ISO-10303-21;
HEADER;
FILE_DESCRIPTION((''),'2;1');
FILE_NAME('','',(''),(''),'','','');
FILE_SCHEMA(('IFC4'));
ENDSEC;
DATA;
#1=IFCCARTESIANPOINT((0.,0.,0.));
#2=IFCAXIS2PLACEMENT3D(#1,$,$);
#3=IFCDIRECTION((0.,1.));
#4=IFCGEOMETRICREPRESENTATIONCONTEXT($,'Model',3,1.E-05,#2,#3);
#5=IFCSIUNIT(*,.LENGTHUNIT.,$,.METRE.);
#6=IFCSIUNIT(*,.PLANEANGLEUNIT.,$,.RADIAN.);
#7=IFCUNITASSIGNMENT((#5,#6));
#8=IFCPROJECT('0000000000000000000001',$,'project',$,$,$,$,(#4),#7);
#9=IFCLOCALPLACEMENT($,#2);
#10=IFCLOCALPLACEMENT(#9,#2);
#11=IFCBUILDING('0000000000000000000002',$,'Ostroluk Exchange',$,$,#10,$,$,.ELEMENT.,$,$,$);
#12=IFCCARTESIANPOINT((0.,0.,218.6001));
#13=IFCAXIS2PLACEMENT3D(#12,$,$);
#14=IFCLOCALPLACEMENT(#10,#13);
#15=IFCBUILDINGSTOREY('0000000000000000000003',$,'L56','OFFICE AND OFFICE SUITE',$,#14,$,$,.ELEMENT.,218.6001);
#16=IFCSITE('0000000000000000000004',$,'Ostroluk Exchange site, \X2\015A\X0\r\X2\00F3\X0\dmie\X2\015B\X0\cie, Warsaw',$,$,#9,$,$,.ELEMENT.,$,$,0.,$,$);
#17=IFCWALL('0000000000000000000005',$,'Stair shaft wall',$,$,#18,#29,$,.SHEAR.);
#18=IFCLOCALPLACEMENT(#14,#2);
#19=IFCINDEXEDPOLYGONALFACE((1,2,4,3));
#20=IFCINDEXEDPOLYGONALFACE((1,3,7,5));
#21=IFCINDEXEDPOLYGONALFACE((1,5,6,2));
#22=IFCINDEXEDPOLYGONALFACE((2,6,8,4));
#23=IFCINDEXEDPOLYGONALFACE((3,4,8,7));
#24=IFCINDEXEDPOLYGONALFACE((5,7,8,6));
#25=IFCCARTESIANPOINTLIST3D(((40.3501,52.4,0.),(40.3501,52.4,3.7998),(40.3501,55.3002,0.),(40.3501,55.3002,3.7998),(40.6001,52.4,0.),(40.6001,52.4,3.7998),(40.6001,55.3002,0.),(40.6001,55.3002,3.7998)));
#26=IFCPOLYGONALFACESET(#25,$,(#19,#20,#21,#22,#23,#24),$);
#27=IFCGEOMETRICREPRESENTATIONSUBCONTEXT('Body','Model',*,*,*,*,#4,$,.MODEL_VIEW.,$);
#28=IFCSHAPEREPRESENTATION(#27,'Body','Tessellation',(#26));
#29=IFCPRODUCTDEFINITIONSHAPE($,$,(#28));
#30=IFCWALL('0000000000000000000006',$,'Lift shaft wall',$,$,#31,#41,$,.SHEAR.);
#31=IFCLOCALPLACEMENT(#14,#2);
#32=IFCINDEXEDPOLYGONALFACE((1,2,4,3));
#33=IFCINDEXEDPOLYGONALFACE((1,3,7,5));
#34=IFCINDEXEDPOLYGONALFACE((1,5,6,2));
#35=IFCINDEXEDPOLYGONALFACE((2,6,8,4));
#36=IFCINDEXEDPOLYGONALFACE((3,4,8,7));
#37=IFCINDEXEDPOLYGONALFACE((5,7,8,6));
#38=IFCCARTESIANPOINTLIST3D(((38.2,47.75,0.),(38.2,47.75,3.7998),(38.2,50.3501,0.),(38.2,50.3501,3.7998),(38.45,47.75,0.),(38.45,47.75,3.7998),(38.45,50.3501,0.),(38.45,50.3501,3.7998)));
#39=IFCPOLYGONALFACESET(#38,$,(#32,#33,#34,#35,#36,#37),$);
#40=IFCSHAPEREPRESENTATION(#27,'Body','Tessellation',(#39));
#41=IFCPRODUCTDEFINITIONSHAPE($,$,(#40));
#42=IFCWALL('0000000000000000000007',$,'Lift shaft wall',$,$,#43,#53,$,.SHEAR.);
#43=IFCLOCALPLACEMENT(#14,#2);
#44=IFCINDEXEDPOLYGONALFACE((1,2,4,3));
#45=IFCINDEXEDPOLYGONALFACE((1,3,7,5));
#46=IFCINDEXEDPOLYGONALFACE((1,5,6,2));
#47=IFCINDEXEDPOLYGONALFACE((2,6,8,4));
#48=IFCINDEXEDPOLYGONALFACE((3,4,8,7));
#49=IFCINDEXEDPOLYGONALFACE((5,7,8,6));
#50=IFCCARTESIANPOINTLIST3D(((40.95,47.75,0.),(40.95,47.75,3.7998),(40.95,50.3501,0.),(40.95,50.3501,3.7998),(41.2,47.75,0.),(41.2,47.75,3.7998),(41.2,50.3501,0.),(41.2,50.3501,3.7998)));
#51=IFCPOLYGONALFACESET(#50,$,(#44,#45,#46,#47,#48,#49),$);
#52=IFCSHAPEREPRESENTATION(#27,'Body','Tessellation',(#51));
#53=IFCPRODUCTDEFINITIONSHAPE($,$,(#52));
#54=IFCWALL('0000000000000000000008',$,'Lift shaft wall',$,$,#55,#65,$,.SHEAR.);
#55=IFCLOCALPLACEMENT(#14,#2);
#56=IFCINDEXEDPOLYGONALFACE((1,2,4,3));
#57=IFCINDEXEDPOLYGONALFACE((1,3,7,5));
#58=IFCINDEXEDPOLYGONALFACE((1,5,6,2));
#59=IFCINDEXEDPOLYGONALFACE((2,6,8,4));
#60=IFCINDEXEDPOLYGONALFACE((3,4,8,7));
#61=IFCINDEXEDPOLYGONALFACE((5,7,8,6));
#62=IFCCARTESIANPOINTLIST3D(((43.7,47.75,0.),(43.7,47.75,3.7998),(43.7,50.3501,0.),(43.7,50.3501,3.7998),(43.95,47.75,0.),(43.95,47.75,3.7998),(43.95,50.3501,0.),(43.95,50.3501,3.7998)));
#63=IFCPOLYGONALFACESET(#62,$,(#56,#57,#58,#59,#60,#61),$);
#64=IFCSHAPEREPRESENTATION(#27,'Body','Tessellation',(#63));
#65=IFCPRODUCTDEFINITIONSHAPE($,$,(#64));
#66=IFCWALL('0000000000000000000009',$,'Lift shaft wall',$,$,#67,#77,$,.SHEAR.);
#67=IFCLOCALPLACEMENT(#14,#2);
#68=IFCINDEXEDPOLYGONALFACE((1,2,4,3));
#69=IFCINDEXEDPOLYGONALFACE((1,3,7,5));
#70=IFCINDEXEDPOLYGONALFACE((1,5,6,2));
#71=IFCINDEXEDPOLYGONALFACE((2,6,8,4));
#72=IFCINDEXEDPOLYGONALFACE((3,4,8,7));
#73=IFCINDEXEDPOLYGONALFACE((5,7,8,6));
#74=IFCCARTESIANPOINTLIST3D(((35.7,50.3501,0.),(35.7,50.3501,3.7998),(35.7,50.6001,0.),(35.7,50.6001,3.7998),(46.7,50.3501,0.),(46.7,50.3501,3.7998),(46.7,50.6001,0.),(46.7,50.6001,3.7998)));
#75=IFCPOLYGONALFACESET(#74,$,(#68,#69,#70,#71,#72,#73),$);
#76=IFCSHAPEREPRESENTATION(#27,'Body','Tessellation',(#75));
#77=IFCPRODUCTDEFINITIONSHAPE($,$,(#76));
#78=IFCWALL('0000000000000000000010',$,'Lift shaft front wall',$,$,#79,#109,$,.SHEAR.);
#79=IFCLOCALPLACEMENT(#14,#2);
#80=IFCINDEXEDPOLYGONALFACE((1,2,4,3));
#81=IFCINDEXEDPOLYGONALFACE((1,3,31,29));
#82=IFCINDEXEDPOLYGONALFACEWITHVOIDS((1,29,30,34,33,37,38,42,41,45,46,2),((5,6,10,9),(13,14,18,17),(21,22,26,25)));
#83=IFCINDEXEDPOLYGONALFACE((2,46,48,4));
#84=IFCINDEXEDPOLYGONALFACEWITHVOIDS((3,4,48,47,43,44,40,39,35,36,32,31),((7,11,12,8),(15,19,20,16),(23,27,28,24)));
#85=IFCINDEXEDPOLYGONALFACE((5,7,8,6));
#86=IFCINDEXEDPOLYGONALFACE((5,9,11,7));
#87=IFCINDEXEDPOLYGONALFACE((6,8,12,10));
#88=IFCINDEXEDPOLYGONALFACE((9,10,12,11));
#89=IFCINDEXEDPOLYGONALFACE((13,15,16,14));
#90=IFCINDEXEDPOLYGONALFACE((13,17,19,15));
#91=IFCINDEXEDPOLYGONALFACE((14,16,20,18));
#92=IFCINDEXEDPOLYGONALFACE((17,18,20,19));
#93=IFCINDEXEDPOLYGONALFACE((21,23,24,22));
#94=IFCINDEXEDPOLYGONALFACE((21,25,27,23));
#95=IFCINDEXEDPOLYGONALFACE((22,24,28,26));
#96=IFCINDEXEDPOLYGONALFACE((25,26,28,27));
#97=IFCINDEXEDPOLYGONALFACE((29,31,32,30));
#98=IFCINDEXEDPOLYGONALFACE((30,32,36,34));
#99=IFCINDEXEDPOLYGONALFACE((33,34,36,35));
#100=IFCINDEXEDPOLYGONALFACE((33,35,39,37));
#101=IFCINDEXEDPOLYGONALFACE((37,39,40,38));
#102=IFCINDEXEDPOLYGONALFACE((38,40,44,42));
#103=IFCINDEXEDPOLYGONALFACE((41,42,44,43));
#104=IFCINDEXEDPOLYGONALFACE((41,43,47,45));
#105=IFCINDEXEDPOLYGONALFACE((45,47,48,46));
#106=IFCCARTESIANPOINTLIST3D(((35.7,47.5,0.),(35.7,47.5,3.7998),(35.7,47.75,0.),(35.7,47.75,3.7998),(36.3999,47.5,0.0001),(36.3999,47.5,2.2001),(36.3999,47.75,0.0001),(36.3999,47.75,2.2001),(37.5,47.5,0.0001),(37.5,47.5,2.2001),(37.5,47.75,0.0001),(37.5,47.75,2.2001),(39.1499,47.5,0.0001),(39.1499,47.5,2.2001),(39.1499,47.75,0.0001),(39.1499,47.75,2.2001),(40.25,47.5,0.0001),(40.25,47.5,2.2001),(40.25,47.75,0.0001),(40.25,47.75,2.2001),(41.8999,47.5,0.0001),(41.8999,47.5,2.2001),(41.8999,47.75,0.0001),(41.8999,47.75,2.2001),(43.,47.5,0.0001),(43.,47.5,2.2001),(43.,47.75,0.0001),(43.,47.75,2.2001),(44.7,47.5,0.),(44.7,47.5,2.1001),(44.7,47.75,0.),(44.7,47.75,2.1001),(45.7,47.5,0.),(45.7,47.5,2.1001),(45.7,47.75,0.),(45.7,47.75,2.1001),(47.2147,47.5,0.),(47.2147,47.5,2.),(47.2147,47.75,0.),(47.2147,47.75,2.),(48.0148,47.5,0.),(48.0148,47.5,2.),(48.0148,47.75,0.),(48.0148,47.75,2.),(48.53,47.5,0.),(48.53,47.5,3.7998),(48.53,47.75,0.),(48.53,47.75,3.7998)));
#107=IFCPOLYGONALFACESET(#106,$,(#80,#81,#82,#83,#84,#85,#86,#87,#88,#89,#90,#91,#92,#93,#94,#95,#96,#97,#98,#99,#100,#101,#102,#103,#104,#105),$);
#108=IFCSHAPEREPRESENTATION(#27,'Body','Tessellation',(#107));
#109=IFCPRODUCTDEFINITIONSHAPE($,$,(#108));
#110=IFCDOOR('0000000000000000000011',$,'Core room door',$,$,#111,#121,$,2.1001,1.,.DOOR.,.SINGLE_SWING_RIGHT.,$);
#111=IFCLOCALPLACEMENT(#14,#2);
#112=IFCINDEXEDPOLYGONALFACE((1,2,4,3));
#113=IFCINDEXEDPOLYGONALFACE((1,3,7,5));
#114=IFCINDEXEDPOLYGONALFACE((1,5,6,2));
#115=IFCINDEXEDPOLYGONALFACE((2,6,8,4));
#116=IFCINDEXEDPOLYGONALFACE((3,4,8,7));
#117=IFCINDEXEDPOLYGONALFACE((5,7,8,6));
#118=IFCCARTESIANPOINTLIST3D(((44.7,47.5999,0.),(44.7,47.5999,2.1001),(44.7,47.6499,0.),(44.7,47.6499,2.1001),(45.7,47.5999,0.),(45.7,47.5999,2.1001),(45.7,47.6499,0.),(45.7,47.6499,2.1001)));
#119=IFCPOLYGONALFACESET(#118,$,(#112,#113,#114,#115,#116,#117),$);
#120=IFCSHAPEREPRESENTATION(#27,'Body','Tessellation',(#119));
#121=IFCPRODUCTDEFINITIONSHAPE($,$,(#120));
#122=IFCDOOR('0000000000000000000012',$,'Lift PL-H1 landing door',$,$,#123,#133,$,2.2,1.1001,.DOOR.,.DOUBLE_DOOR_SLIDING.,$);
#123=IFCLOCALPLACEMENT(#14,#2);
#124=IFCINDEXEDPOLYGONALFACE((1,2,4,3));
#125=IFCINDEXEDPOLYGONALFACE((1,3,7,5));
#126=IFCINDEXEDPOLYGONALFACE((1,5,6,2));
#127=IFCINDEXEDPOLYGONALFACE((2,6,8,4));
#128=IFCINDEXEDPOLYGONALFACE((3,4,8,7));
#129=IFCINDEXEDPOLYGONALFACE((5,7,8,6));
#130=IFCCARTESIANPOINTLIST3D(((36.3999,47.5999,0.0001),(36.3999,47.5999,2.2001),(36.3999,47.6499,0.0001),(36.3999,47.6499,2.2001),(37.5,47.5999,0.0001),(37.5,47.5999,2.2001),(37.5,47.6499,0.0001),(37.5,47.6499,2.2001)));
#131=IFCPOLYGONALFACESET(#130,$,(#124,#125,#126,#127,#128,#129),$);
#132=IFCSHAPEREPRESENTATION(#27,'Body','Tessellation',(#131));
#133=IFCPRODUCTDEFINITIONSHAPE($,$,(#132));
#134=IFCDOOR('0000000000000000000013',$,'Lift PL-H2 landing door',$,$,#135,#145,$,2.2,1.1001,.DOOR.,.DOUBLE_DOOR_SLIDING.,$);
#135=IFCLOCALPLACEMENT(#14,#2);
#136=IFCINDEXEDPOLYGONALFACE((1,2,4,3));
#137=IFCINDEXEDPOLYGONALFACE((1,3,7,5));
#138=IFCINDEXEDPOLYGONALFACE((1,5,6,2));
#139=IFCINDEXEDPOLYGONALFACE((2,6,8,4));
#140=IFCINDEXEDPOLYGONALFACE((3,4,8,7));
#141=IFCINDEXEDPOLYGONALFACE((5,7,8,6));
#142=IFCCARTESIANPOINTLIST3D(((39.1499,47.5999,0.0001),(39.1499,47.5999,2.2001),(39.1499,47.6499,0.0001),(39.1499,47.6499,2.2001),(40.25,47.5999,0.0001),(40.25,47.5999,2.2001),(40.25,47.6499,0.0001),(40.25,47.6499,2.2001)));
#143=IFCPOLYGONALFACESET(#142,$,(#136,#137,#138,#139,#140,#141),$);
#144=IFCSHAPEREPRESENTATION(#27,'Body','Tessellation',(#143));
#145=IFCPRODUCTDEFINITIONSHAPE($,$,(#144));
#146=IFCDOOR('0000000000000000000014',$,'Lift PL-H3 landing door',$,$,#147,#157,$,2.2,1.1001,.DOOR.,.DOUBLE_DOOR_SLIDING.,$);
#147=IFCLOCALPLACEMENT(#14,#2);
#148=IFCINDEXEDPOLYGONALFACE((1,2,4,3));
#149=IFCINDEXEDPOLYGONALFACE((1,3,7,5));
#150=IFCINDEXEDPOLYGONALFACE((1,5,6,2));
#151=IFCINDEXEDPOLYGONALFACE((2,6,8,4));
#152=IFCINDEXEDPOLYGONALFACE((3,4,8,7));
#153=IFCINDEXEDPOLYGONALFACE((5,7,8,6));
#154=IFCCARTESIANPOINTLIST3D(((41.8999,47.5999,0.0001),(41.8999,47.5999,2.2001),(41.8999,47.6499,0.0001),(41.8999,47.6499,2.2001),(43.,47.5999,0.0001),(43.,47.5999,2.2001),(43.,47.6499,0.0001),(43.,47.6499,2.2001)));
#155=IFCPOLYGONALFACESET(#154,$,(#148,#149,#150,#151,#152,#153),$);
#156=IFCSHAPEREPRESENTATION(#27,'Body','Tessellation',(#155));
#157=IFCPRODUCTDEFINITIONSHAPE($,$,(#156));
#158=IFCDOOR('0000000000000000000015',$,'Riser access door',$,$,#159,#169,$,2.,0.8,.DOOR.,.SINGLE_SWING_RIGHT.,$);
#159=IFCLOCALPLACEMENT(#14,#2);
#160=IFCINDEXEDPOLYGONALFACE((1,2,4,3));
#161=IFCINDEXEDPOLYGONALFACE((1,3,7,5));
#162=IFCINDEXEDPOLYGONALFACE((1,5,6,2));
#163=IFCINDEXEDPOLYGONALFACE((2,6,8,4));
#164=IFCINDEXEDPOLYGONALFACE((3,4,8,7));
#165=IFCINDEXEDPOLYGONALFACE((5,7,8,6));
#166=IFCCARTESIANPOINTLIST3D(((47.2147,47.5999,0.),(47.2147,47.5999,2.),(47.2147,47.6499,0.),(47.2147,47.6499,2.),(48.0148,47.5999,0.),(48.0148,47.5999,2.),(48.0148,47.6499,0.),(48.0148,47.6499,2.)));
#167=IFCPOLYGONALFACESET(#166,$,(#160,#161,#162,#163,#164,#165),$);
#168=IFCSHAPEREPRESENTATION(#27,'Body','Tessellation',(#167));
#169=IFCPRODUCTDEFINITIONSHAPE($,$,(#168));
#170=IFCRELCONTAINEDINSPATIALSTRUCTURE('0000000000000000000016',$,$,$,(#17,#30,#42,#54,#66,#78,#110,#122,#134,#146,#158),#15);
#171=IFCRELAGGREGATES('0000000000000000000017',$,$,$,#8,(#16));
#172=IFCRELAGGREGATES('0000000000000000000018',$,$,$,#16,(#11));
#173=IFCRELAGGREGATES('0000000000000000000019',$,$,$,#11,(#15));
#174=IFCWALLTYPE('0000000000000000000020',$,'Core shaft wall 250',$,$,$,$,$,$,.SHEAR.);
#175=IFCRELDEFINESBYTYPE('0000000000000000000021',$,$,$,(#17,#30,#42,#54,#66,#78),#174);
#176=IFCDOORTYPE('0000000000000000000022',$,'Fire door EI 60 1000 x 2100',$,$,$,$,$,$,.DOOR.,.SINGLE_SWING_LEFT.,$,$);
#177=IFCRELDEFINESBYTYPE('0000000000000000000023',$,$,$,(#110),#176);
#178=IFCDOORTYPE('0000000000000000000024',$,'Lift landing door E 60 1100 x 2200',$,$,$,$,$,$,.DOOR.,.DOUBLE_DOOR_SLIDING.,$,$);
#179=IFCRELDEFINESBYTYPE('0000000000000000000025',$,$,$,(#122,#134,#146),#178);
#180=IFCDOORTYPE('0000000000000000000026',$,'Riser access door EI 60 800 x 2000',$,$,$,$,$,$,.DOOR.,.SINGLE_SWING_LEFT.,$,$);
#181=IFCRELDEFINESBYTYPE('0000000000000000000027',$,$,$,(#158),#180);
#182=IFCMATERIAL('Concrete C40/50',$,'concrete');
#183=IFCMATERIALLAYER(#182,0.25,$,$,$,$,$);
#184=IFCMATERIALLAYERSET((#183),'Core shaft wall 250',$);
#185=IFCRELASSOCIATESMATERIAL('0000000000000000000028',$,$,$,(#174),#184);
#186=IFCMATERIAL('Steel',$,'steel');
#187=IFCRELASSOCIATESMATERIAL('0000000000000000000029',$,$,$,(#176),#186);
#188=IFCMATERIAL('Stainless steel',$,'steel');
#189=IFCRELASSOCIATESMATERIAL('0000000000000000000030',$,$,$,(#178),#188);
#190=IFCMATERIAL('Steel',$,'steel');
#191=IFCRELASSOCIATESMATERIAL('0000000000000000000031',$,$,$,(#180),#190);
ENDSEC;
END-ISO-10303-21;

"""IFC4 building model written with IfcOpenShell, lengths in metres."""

from ifc_helpers import new_model, si_unit, direction, frame, frame_2d, origin, place, context, subcontext, project, spatial, rectangle, extrude, material, layer, layer_set, type_object, element, fill, save


model = new_model("IFC4")

# Units and contexts
model_context = context("Model", 3, precision=1e-05, world=origin(), true_north=direction((0.0, 1.0)))
body_context = subcontext(model_context, "Body", "Model", "MODEL_VIEW")
ifc_project = project(units=[si_unit("LENGTHUNIT", "METRE"), si_unit("PLANEANGLEUNIT", "RADIAN")], contexts=[model_context])

# Site, building, storey
site_placement = place(None, origin())
site = spatial("IfcSite", under=ifc_project, at=site_placement, Name="Ostroluk Exchange site, Śródmieście, Warsaw", CompositionType="ELEMENT", RefElevation=0.0)
building_placement = place(site_placement, origin())
building = spatial("IfcBuilding", under=site, at=building_placement, Name="Ostroluk Exchange", CompositionType="ELEMENT")
storey_placement = place(building_placement, frame((0.0, 0.0, 218.6001)))
storey = spatial("IfcBuildingStorey", under=building, at=storey_placement, Name="L56", Description="OFFICE AND OFFICE SUITE", CompositionType="ELEMENT", Elevation=218.6001)

# Walls
ifc_material_1 = material(Name="Concrete C40/50", Category="concrete")
ifc_layer_1 = layer(ifc_material_1, 0.25)
ifc_layer_set_1 = layer_set([ifc_layer_1], Name="Core shaft wall 250")
wall_type_1 = type_object("IfcWallType", Name="Core shaft wall 250", PredefinedType="SHEAR", material=ifc_layer_set_1)
wall_1_placement = place(storey_placement, frame((40.4751, 52.3999, 0.0), z_axis=(0.0, 0.0, 1.0), x_axis=(0.0, 1.0, 0.0)))
element("IfcWall", 1, at=wall_1_placement, inside=storey, type_object=wall_type_1, Name="Stair shaft wall", PredefinedType="SHEAR", context=body_context, shape_type="SweptSolid", body=[
    extrude(rectangle(XDim=2.9001, YDim=0.25, at=frame_2d((1.4502, 0.0))), origin(), (0.0, 0.0, 1.0), 3.7998),
])
for number, where, z_axis, x_axis, name in (
    (2, (38.325, 47.75, 0.0), (0.0, 0.0, 1.0), (0.0, 1.0, 0.0), "Lift shaft wall"),
    (3, (41.075, 47.75, 0.0), (0.0, 0.0, 1.0), (0.0, 1.0, 0.0), "Lift shaft wall"),
    (4, (43.825, 47.75, 0.0), (0.0, 0.0, 1.0), (0.0, 1.0, 0.0), "Lift shaft wall"),
):
    element("IfcWall", number, at=place(storey_placement, frame(where, z_axis=z_axis, x_axis=x_axis)), inside=storey, type_object=wall_type_1, Name=name, PredefinedType="SHEAR", context=body_context, shape_type="SweptSolid", body=[
        extrude(rectangle(XDim=2.6001, YDim=0.25, at=frame_2d((1.3, 0.0))), origin(), (0.0, 0.0, 1.0), 3.7998),
    ])
wall_2_placement = place(storey_placement, frame((35.7, 50.4751, 0.0), z_axis=(0.0, 0.0, 1.0), x_axis=(1.0, 0.0, 0.0)))
element("IfcWall", 5, at=wall_2_placement, inside=storey, type_object=wall_type_1, Name="Lift shaft wall", PredefinedType="SHEAR", context=body_context, shape_type="SweptSolid", body=[
    extrude(rectangle(XDim=11.0, YDim=0.25, at=frame_2d((5.5, 0.0))), origin(), (0.0, 0.0, 1.0), 3.7998),
])

# Wall, openings, doors
wall_3_placement = place(storey_placement, frame((35.7, 47.625, 0.0), z_axis=(0.0, 0.0, 1.0), x_axis=(1.0, 0.0, 0.0)))
wall_3 = element("IfcWall", 6, at=wall_3_placement, inside=storey, type_object=wall_type_1, Name="Lift shaft front wall", PredefinedType="SHEAR", context=body_context, shape_type="SweptSolid", body=[
    extrude(rectangle(XDim=12.8301, YDim=0.25, at=frame_2d((6.415, 0.0))), origin(), (0.0, 0.0, 1.0), 3.7998),
])
opening_1_placement = place(wall_3_placement, frame((0.7, 0.0, 0.0)))
opening_1 = element("IfcOpeningElement", 7, at=opening_1_placement, cuts=wall_3, PredefinedType="OPENING", context=body_context, shape_type="SweptSolid", body=[
    extrude(rectangle(XDim=1.1001, YDim=2.2, at=frame_2d((0.55, 1.1001))), frame((0.0, 0.135, 0.0), z_axis=(0.0, -1.0, 0.0), x_axis=(1.0, 0.0, 0.0)), (0.0, 0.0, 1.0), 0.27),
])
opening_2_placement = place(wall_3_placement, frame((3.45, 0.0, 0.0)))
opening_2 = element("IfcOpeningElement", 8, at=opening_2_placement, cuts=wall_3, PredefinedType="OPENING", context=body_context, shape_type="SweptSolid", body=[
    extrude(rectangle(XDim=1.1001, YDim=2.2, at=frame_2d((0.55, 1.1001))), frame((0.0, 0.135, 0.0), z_axis=(0.0, -1.0, 0.0), x_axis=(1.0, 0.0, 0.0)), (0.0, 0.0, 1.0), 0.27),
])
opening_3_placement = place(wall_3_placement, frame((6.2, 0.0, 0.0)))
opening_3 = element("IfcOpeningElement", 9, at=opening_3_placement, cuts=wall_3, PredefinedType="OPENING", context=body_context, shape_type="SweptSolid", body=[
    extrude(rectangle(XDim=1.1001, YDim=2.2, at=frame_2d((0.55, 1.1001))), frame((0.0, 0.135, 0.0), z_axis=(0.0, -1.0, 0.0), x_axis=(1.0, 0.0, 0.0)), (0.0, 0.0, 1.0), 0.27),
])
opening_4_placement = place(wall_3_placement, frame((9.0, 0.0, 0.0)))
opening_4 = element("IfcOpeningElement", 10, at=opening_4_placement, cuts=wall_3, PredefinedType="OPENING", context=body_context, shape_type="SweptSolid", body=[
    extrude(rectangle(XDim=1.0, YDim=2.1001, at=frame_2d((0.5, 1.05))), frame((0.0, 0.135, 0.0), z_axis=(0.0, -1.0, 0.0), x_axis=(1.0, 0.0, 0.0)), (0.0, 0.0, 1.0), 0.27),
])
opening_5_placement = place(wall_3_placement, frame((11.5149, 0.0, 0.0)))
opening_5 = element("IfcOpeningElement", 11, at=opening_5_placement, cuts=wall_3, PredefinedType="OPENING", context=body_context, shape_type="SweptSolid", body=[
    extrude(rectangle(XDim=0.8, YDim=2.0, at=frame_2d((0.3999, 1.0))), frame((0.0, 0.135, 0.0), z_axis=(0.0, -1.0, 0.0), x_axis=(1.0, 0.0, 0.0)), (0.0, 0.0, 1.0), 0.27),
])
ifc_material_2 = material(Name="Steel", Category="steel")
door_type_1 = type_object("IfcDoorType", Name="Fire door EI 60 1000 x 2100", OperationType="SINGLE_SWING_LEFT", PredefinedType="DOOR", material=ifc_material_2)
door_1_placement = place(opening_4_placement, origin())
door_1 = element("IfcDoor", 12, at=door_1_placement, inside=storey, type_object=door_type_1, Name="Core room door", OperationType="SINGLE_SWING_RIGHT", OverallHeight=2.1001, OverallWidth=1.0, PredefinedType="DOOR", context=body_context, shape_type="SweptSolid", body=[
    extrude(rectangle(XDim=1.0, YDim=2.1001, at=frame_2d((0.5, 1.05))), frame((0.0, 0.0249, 0.0), z_axis=(0.0, -1.0, 0.0), x_axis=(1.0, 0.0, 0.0)), (0.0, 0.0, 1.0), 0.05),
])
fill(opening_4, door_1)
ifc_material_3 = material(Name="Stainless steel", Category="steel")
door_type_2 = type_object("IfcDoorType", Name="Lift landing door E 60 1100 x 2200", OperationType="DOUBLE_DOOR_SLIDING", PredefinedType="DOOR", material=ifc_material_3)
door_2_placement = place(opening_1_placement, origin())
door_2 = element("IfcDoor", 13, at=door_2_placement, inside=storey, type_object=door_type_2, Name="Lift PL-H1 landing door", OperationType="DOUBLE_DOOR_SLIDING", OverallHeight=2.2, OverallWidth=1.1001, PredefinedType="DOOR", context=body_context, shape_type="SweptSolid", body=[
    extrude(rectangle(XDim=1.1001, YDim=2.2, at=frame_2d((0.55, 1.1001))), frame((0.0, 0.0249, 0.0), z_axis=(0.0, -1.0, 0.0), x_axis=(1.0, 0.0, 0.0)), (0.0, 0.0, 1.0), 0.05),
])
fill(opening_1, door_2)
door_3_placement = place(opening_2_placement, origin())
door_3 = element("IfcDoor", 14, at=door_3_placement, inside=storey, type_object=door_type_2, Name="Lift PL-H2 landing door", OperationType="DOUBLE_DOOR_SLIDING", OverallHeight=2.2, OverallWidth=1.1001, PredefinedType="DOOR", context=body_context, shape_type="SweptSolid", body=[
    extrude(rectangle(XDim=1.1001, YDim=2.2, at=frame_2d((0.55, 1.1001))), frame((0.0, 0.0249, 0.0), z_axis=(0.0, -1.0, 0.0), x_axis=(1.0, 0.0, 0.0)), (0.0, 0.0, 1.0), 0.05),
])
fill(opening_2, door_3)
door_4_placement = place(opening_3_placement, origin())
door_4 = element("IfcDoor", 15, at=door_4_placement, inside=storey, type_object=door_type_2, Name="Lift PL-H3 landing door", OperationType="DOUBLE_DOOR_SLIDING", OverallHeight=2.2, OverallWidth=1.1001, PredefinedType="DOOR", context=body_context, shape_type="SweptSolid", body=[
    extrude(rectangle(XDim=1.1001, YDim=2.2, at=frame_2d((0.55, 1.1001))), frame((0.0, 0.0249, 0.0), z_axis=(0.0, -1.0, 0.0), x_axis=(1.0, 0.0, 0.0)), (0.0, 0.0, 1.0), 0.05),
])
fill(opening_3, door_4)
ifc_material_4 = material(Name="Steel", Category="steel")
door_type_3 = type_object("IfcDoorType", Name="Riser access door EI 60 800 x 2000", OperationType="SINGLE_SWING_LEFT", PredefinedType="DOOR", material=ifc_material_4)
door_5_placement = place(opening_5_placement, origin())
door_5 = element("IfcDoor", 16, at=door_5_placement, inside=storey, type_object=door_type_3, Name="Riser access door", OperationType="SINGLE_SWING_RIGHT", OverallHeight=2.0, OverallWidth=0.8, PredefinedType="DOOR", context=body_context, shape_type="SweptSolid", body=[
    extrude(rectangle(XDim=0.8, YDim=2.0, at=frame_2d((0.3999, 1.0))), frame((0.0, 0.0249, 0.0), z_axis=(0.0, -1.0, 0.0), x_axis=(1.0, 0.0, 0.0)), (0.0, 0.0, 1.0), 0.05),
])
fill(opening_5, door_5)

save(model, "model.ifc")
